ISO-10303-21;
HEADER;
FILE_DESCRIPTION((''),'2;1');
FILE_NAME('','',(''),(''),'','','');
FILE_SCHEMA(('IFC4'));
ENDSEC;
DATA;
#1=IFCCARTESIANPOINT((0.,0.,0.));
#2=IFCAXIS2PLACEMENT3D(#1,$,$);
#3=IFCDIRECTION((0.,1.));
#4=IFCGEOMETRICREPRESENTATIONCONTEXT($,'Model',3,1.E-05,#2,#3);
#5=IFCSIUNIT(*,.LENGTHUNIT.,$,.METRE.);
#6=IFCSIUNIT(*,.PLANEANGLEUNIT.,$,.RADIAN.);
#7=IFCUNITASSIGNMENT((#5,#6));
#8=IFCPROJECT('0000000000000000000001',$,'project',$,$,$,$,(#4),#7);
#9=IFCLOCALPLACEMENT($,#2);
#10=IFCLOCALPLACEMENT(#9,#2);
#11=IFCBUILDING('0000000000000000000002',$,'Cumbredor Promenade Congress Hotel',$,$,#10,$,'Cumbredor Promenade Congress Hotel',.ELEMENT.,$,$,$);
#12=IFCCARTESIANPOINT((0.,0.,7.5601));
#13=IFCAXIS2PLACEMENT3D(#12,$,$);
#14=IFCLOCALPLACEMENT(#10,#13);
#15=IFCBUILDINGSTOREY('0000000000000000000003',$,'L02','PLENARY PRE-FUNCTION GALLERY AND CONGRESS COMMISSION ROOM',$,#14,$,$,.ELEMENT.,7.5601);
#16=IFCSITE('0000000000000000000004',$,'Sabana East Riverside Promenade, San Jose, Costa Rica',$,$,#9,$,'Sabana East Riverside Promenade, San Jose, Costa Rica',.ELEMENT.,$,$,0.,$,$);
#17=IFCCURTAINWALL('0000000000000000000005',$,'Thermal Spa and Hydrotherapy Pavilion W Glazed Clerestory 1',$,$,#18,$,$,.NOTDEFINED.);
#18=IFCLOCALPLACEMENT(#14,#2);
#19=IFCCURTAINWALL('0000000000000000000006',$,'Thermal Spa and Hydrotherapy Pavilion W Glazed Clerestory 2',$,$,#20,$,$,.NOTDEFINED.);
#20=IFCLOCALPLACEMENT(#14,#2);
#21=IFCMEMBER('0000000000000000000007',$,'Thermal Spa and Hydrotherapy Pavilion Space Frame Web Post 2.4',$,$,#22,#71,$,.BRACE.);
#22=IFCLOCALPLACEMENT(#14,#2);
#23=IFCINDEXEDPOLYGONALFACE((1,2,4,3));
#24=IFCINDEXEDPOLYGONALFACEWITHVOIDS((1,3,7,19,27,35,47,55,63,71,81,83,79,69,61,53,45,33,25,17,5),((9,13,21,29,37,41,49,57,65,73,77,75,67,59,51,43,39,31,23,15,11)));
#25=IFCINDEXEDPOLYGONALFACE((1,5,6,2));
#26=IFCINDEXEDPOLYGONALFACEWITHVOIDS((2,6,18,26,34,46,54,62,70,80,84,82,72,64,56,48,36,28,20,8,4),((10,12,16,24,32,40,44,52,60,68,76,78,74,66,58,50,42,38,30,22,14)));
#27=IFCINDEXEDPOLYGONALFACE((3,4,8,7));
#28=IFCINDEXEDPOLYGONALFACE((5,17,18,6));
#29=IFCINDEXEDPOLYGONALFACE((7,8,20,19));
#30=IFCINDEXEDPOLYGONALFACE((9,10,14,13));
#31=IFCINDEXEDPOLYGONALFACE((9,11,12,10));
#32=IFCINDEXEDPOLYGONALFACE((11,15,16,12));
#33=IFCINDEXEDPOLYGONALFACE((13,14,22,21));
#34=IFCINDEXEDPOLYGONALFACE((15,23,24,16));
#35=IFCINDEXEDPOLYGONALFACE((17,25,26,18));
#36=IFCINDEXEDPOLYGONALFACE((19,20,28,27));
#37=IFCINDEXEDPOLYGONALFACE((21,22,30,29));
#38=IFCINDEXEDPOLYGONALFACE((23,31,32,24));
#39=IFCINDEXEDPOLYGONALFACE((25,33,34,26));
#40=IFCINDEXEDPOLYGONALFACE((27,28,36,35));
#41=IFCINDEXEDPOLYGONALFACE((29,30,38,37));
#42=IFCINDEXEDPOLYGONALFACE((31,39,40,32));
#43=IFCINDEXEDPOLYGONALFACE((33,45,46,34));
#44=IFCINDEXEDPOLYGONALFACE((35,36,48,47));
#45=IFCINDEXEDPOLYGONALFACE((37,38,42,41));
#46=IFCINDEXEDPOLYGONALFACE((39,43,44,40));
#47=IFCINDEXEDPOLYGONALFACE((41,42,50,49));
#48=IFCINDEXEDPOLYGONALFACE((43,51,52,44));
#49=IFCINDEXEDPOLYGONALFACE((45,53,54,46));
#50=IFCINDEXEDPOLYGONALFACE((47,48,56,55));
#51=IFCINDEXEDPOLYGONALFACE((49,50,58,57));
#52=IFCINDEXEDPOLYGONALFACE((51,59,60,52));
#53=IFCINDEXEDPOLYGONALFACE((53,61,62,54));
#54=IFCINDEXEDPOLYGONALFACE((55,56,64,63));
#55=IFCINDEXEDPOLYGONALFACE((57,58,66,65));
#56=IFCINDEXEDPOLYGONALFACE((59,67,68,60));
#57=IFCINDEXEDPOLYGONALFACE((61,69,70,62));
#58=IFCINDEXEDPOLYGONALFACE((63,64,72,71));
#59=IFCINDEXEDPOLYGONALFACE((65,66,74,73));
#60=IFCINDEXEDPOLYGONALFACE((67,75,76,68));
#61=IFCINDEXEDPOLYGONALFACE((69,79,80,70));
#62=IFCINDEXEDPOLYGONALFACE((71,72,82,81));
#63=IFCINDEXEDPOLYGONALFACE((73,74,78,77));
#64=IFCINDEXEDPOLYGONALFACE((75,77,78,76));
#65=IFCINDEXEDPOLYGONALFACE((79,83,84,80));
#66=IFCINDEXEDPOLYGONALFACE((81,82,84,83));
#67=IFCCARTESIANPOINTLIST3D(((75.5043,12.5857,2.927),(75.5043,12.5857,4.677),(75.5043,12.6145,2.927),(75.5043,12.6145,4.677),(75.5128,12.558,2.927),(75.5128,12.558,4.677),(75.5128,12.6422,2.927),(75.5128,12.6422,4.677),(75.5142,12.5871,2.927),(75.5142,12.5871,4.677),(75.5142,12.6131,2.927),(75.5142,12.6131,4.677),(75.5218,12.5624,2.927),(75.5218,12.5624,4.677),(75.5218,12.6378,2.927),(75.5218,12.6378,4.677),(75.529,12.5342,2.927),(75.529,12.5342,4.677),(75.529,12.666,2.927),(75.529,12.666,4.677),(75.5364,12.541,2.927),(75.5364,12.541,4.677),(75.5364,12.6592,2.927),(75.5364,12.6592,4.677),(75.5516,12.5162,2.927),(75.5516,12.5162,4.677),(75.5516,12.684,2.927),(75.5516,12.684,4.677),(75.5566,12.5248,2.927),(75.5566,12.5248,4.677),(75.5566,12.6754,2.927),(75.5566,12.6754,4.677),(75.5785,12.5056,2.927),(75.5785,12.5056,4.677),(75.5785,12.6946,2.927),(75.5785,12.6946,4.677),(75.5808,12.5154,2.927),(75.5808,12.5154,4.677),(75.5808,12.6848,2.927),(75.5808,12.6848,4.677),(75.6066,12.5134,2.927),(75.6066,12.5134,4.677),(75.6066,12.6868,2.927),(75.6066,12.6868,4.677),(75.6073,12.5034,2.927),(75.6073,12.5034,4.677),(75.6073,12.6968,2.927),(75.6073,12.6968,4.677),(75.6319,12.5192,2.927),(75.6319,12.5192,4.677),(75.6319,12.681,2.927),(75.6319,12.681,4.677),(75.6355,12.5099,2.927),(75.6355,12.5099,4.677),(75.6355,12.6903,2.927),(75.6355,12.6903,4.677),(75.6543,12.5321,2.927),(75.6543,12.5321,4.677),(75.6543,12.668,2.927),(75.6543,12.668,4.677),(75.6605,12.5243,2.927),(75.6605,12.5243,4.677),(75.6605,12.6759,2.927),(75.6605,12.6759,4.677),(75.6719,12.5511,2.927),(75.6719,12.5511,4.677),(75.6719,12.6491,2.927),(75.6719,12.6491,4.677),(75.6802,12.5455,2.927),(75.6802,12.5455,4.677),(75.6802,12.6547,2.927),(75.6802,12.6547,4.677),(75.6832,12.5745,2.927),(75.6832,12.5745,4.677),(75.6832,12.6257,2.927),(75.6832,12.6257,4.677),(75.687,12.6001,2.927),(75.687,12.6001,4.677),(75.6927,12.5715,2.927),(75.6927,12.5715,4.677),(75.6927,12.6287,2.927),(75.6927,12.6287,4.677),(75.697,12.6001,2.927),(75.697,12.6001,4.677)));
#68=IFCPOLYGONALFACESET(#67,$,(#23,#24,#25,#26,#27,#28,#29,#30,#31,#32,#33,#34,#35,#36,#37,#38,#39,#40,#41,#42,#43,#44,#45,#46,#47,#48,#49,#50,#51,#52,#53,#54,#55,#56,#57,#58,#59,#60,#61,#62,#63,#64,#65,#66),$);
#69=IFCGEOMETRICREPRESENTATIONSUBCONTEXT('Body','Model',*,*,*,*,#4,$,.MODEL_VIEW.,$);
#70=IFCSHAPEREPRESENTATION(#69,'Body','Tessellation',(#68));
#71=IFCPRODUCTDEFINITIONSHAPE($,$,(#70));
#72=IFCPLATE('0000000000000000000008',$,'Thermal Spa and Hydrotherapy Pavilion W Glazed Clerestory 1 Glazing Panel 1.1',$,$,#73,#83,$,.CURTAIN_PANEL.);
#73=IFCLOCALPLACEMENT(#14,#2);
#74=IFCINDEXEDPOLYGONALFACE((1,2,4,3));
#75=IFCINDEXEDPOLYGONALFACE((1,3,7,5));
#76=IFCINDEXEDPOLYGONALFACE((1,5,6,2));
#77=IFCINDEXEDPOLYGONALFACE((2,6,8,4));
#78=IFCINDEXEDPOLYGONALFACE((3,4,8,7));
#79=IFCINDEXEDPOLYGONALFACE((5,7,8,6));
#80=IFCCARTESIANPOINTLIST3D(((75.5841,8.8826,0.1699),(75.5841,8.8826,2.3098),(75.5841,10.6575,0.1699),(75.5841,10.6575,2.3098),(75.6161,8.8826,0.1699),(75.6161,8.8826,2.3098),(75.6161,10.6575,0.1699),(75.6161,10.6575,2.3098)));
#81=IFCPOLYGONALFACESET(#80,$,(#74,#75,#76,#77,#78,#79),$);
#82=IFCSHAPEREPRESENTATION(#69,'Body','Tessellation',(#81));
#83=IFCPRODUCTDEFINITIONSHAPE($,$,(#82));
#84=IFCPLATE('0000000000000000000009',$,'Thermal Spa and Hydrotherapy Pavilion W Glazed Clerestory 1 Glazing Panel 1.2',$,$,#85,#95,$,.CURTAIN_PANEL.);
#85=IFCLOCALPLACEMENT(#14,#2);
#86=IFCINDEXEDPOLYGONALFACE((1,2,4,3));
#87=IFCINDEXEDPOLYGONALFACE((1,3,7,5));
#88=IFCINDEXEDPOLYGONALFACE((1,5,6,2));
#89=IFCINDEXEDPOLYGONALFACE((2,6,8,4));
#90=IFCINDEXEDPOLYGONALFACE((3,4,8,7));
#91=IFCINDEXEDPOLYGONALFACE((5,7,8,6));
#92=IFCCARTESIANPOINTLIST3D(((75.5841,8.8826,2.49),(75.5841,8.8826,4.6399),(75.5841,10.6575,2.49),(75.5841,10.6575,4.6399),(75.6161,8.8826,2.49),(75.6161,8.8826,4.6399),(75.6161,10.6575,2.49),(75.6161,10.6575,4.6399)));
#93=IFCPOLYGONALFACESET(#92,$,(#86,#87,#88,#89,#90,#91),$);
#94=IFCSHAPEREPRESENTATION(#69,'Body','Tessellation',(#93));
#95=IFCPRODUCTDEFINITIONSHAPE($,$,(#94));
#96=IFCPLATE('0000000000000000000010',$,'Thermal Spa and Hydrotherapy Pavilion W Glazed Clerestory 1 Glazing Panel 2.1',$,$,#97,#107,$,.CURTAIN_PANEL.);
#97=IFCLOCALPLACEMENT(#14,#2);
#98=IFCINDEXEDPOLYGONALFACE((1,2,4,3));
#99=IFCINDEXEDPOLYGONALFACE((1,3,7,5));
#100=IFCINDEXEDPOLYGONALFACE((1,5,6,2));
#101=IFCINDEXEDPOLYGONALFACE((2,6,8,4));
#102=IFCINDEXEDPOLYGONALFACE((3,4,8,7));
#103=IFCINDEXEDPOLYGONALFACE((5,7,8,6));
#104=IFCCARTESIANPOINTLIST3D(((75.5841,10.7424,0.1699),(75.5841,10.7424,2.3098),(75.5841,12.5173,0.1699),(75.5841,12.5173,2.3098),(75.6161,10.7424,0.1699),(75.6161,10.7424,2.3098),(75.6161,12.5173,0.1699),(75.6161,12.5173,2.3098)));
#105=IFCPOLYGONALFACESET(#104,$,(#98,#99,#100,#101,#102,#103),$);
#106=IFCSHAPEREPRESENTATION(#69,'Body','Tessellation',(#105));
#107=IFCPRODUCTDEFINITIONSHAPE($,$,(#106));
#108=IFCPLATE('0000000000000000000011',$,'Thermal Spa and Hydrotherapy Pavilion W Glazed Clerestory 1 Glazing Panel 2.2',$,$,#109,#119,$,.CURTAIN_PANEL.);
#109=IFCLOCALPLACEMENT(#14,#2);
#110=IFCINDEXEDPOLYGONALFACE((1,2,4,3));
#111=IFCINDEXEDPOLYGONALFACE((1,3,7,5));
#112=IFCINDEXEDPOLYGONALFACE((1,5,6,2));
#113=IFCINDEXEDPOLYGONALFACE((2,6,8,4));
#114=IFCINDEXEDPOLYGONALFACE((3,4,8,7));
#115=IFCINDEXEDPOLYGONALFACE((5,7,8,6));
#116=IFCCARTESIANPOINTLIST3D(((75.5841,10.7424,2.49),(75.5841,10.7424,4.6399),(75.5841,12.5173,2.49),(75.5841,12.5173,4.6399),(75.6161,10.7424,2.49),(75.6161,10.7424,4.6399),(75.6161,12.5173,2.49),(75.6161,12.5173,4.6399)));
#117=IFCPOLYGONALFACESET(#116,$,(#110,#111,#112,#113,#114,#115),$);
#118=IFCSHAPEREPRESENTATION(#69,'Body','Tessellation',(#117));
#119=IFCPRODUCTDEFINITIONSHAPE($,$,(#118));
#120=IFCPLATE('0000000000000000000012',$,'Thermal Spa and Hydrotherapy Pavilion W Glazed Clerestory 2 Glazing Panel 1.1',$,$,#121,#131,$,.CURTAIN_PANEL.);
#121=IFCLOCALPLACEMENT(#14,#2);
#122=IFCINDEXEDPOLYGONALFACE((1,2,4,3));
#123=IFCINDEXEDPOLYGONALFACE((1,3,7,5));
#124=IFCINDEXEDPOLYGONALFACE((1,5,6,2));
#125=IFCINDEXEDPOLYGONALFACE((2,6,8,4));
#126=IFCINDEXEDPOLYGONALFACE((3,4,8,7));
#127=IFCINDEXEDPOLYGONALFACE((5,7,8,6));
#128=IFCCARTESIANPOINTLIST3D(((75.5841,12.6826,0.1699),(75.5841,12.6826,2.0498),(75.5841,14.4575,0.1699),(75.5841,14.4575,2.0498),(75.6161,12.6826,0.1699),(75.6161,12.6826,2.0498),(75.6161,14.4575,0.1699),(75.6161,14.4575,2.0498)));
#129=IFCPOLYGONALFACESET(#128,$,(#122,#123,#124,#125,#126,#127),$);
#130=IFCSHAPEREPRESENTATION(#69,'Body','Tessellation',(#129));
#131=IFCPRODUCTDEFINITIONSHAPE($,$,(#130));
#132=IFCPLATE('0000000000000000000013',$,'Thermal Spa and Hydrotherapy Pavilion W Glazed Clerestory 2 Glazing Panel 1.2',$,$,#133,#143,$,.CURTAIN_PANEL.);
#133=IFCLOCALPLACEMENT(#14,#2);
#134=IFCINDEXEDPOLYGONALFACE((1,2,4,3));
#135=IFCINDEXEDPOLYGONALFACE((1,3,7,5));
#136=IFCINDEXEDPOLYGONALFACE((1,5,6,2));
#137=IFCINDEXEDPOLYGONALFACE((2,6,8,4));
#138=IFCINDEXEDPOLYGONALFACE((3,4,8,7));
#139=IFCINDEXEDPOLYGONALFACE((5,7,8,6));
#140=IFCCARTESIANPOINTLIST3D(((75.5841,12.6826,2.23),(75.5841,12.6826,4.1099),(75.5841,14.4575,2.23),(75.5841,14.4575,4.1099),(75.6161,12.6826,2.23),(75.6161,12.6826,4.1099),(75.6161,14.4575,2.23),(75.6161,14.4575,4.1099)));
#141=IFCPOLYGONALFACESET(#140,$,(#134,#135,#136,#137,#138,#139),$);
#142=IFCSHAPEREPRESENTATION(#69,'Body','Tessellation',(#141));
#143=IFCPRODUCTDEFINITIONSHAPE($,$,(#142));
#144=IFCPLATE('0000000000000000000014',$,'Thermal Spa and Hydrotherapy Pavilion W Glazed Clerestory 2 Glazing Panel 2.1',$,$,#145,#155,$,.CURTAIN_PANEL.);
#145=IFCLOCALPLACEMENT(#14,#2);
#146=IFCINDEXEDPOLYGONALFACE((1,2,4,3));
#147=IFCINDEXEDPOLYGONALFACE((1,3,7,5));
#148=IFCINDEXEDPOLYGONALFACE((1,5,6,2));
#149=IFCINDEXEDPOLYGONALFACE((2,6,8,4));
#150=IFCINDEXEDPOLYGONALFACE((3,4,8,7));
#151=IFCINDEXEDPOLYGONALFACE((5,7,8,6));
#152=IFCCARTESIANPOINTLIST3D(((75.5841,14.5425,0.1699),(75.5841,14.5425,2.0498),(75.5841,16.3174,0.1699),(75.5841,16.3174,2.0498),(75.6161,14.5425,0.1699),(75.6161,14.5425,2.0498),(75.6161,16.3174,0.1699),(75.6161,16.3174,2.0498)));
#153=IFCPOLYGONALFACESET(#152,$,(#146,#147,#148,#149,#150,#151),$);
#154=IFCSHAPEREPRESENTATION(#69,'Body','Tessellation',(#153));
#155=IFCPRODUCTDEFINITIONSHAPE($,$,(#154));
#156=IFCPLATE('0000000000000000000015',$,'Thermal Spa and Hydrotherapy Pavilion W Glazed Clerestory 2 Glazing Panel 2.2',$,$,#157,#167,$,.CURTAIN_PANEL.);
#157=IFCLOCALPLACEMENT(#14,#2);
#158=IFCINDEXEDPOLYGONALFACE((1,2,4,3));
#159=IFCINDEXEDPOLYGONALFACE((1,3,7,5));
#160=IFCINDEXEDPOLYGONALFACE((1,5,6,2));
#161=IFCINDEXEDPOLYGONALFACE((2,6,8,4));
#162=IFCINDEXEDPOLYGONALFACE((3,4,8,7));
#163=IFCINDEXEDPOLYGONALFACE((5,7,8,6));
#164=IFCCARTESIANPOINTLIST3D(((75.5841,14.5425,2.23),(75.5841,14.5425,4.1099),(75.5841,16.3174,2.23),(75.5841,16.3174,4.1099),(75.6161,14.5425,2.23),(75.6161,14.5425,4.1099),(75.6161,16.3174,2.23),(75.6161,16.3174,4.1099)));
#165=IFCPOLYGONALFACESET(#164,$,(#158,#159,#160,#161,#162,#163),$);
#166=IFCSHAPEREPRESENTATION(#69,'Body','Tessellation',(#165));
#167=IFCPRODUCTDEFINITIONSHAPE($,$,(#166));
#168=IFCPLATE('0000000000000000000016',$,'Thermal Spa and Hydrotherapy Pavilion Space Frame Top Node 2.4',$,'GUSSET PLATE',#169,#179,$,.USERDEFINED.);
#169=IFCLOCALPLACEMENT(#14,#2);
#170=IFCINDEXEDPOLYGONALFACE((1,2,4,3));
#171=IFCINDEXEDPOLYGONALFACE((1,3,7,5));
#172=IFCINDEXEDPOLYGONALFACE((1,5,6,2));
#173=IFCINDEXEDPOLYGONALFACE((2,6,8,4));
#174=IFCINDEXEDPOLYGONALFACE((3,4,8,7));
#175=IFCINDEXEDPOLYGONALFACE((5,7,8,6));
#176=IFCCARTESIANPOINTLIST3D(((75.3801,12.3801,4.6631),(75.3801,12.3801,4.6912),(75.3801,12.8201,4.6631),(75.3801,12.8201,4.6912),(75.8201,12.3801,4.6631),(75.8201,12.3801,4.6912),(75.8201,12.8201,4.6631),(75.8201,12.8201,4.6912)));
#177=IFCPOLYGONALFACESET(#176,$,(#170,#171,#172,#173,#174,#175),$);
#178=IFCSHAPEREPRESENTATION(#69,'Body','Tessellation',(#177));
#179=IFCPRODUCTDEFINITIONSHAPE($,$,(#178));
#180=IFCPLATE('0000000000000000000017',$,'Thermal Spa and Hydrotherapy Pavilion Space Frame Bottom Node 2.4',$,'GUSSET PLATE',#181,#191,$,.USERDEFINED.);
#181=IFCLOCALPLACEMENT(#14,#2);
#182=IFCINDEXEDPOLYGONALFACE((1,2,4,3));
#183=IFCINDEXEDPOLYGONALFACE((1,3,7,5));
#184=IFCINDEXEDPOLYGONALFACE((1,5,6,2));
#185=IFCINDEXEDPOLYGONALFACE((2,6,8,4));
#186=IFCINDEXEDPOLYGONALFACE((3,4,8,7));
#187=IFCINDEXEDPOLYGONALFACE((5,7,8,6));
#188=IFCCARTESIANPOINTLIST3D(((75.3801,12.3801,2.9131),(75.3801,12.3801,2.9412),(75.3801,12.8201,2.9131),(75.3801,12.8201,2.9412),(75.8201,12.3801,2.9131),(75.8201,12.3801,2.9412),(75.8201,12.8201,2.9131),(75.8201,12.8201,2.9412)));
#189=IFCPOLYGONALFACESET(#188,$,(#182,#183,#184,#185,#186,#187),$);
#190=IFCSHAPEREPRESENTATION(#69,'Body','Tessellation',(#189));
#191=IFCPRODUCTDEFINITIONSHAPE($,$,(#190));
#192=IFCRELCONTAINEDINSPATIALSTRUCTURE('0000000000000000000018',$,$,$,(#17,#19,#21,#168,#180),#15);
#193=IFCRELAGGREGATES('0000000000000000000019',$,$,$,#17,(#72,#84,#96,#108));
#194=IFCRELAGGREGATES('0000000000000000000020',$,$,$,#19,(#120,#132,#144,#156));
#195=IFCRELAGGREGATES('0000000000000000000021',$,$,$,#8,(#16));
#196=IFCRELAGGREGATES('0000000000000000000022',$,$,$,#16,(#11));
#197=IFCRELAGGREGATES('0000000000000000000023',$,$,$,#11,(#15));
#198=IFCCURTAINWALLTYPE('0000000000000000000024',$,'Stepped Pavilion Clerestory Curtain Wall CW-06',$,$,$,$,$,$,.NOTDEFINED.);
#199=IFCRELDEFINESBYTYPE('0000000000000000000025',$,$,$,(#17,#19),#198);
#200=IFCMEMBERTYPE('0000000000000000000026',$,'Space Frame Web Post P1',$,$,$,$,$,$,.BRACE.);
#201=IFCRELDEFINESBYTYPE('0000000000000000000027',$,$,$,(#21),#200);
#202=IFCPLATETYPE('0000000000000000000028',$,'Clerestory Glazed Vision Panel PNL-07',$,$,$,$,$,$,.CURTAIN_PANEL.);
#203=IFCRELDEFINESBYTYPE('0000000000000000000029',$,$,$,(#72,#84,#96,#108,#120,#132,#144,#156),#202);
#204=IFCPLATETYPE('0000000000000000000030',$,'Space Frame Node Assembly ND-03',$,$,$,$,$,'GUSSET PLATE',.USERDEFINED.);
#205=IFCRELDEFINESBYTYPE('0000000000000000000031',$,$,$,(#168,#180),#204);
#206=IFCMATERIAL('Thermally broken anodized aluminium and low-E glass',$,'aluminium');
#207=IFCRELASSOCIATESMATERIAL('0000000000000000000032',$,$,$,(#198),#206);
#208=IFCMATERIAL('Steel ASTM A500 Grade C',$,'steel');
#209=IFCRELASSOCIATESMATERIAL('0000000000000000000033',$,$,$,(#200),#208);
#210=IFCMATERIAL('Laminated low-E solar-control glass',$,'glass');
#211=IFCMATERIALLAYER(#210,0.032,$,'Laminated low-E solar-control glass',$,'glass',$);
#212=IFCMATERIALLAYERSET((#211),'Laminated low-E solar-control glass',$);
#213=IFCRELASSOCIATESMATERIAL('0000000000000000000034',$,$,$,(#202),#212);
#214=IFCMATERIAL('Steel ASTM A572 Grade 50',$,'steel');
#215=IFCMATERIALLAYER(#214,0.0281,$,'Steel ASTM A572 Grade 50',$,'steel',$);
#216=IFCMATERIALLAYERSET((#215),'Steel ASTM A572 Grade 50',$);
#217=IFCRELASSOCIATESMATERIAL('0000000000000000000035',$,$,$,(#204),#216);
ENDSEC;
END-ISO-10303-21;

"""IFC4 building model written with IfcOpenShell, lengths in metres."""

from ifc_helpers import new_model, si_unit, direction, frame, origin, origin_2d, place, context, subcontext, project, spatial, rectangle, hollow_circle, extrude, material, layer, layer_set, material_profile, profile_set, type_object, element, aggregate, save


model = new_model("IFC4")

# Units and contexts
model_context = context("Model", 3, precision=1e-05, world=origin(), true_north=direction((0.0, 1.0)))
body_context = subcontext(model_context, "Body", "Model", "MODEL_VIEW")
ifc_project = project(units=[si_unit("LENGTHUNIT", "METRE"), si_unit("PLANEANGLEUNIT", "RADIAN")], contexts=[model_context])

# Site, building, storey
site_placement = place(None, origin())
site = spatial("IfcSite", under=ifc_project, at=site_placement, Name="Sabana East Riverside Promenade, San Jose, Costa Rica", LongName="Sabana East Riverside Promenade, San Jose, Costa Rica", CompositionType="ELEMENT", RefElevation=0.0)
building_placement = place(site_placement, origin())
building = spatial("IfcBuilding", under=site, at=building_placement, Name="Cumbredor Promenade Congress Hotel", LongName="Cumbredor Promenade Congress Hotel", CompositionType="ELEMENT")
storey_placement = place(building_placement, frame((0.0, 0.0, 7.5601)))
storey = spatial("IfcBuildingStorey", under=building, at=storey_placement, Name="L02", Description="PLENARY PRE-FUNCTION GALLERY AND CONGRESS COMMISSION ROOM", CompositionType="ELEMENT", Elevation=7.5601)

# Curtain walls
ifc_material_1 = material(Name="Thermally broken anodized aluminium and low-E glass", Category="aluminium")
curtain_wall_type = type_object("IfcCurtainWallType", Name="Stepped Pavilion Clerestory Curtain Wall CW-06", PredefinedType="NOTDEFINED", material=ifc_material_1)
curtain_wall_1_placement = place(storey_placement, origin())
curtain_wall_1 = element("IfcCurtainWall", 1, at=curtain_wall_1_placement, inside=storey, type_object=curtain_wall_type, Name="Thermal Spa and Hydrotherapy Pavilion W Glazed Clerestory 1", PredefinedType="NOTDEFINED")
curtain_wall_2_placement = place(storey_placement, origin())
curtain_wall_2 = element("IfcCurtainWall", 2, at=curtain_wall_2_placement, inside=storey, type_object=curtain_wall_type, Name="Thermal Spa and Hydrotherapy Pavilion W Glazed Clerestory 2", PredefinedType="NOTDEFINED")

# Member
ifc_material_2 = material(Name="Steel ASTM A500 Grade C", Category="steel")
ifc_material_profile_1 = material_profile(ifc_material_2, hollow_circle(Radius=0.0969, WallThickness=0.01, at=origin_2d()), Name="CHS 193.7x10")
ifc_profile_set_1 = profile_set([ifc_material_profile_1], Name="Steel ASTM A500 Grade C")
member_type_1 = type_object("IfcMemberType", Name="Space Frame Web Post P1", PredefinedType="BRACE", material=ifc_profile_set_1)
member_1_placement = place(storey_placement, frame((75.6001, 12.6001, 2.927), z_axis=(0.0, 0.0, 1.0), x_axis=(1.0, 0.0, 0.0)))
element("IfcMember", 3, at=member_1_placement, inside=storey, type_object=member_type_1, Name="Thermal Spa and Hydrotherapy Pavilion Space Frame Web Post 2.4", PredefinedType="BRACE", context=body_context, shape_type="SweptSolid", body=[
    extrude(hollow_circle(Radius=0.0969, WallThickness=0.01, at=origin_2d()), origin(), (0.0, 0.0, 1.0), 1.75),
])

# Plates
ifc_material_3 = material(Name="Laminated low-E solar-control glass", Category="glass")
ifc_layer_1 = layer(ifc_material_3, 0.032, Name="Laminated low-E solar-control glass", Category="glass")
ifc_layer_set_1 = layer_set([ifc_layer_1], Name="Laminated low-E solar-control glass")
plate_type_1 = type_object("IfcPlateType", Name="Clerestory Glazed Vision Panel PNL-07", PredefinedType="CURTAIN_PANEL", material=ifc_layer_set_1)
plate_1_placement = place(storey_placement, frame((75.6001, 9.77, 0.1699), z_axis=(0.0, 0.0, 1.0), x_axis=(0.0, 1.0, 0.0)))
plate_1 = element("IfcPlate", 4, at=plate_1_placement, type_object=plate_type_1, Name="Thermal Spa and Hydrotherapy Pavilion W Glazed Clerestory 1 Glazing Panel 1.1", PredefinedType="CURTAIN_PANEL", context=body_context, shape_type="SweptSolid", body=[
    extrude(rectangle(XDim=1.7749, YDim=0.032, at=origin_2d()), origin(), (0.0, 0.0, 1.0), 2.1399),
])
plate_2_placement = place(storey_placement, frame((75.6001, 9.77, 2.49), z_axis=(0.0, 0.0, 1.0), x_axis=(0.0, 1.0, 0.0)))
plate_2 = element("IfcPlate", 5, at=plate_2_placement, type_object=plate_type_1, Name="Thermal Spa and Hydrotherapy Pavilion W Glazed Clerestory 1 Glazing Panel 1.2", PredefinedType="CURTAIN_PANEL", context=body_context, shape_type="SweptSolid", body=[
    extrude(rectangle(XDim=1.7749, YDim=0.032, at=origin_2d()), origin(), (0.0, 0.0, 1.0), 2.1499),
])
plate_3_placement = place(storey_placement, frame((75.6001, 11.6299, 0.1699), z_axis=(0.0, 0.0, 1.0), x_axis=(0.0, 1.0, 0.0)))
plate_3 = element("IfcPlate", 6, at=plate_3_placement, type_object=plate_type_1, Name="Thermal Spa and Hydrotherapy Pavilion W Glazed Clerestory 1 Glazing Panel 2.1", PredefinedType="CURTAIN_PANEL", context=body_context, shape_type="SweptSolid", body=[
    extrude(rectangle(XDim=1.7749, YDim=0.032, at=origin_2d()), origin(), (0.0, 0.0, 1.0), 2.1399),
])
plate_4_placement = place(storey_placement, frame((75.6001, 11.6299, 2.49), z_axis=(0.0, 0.0, 1.0), x_axis=(0.0, 1.0, 0.0)))
plate_4 = element("IfcPlate", 7, at=plate_4_placement, type_object=plate_type_1, Name="Thermal Spa and Hydrotherapy Pavilion W Glazed Clerestory 1 Glazing Panel 2.2", PredefinedType="CURTAIN_PANEL", context=body_context, shape_type="SweptSolid", body=[
    extrude(rectangle(XDim=1.7749, YDim=0.032, at=origin_2d()), origin(), (0.0, 0.0, 1.0), 2.1499),
])
aggregate(curtain_wall_1, [plate_1, plate_2, plate_3, plate_4])
plate_5_placement = place(storey_placement, frame((75.6001, 13.5701, 0.1699), z_axis=(0.0, 0.0, 1.0), x_axis=(0.0, 1.0, 0.0)))
plate_5 = element("IfcPlate", 8, at=plate_5_placement, type_object=plate_type_1, Name="Thermal Spa and Hydrotherapy Pavilion W Glazed Clerestory 2 Glazing Panel 1.1", PredefinedType="CURTAIN_PANEL", context=body_context, shape_type="SweptSolid", body=[
    extrude(rectangle(XDim=1.7749, YDim=0.032, at=origin_2d()), origin(), (0.0, 0.0, 1.0), 1.8799),
])
plate_6_placement = place(storey_placement, frame((75.6001, 13.5701, 2.23), z_axis=(0.0, 0.0, 1.0), x_axis=(0.0, 1.0, 0.0)))
plate_6 = element("IfcPlate", 9, at=plate_6_placement, type_object=plate_type_1, Name="Thermal Spa and Hydrotherapy Pavilion W Glazed Clerestory 2 Glazing Panel 1.2", PredefinedType="CURTAIN_PANEL", context=body_context, shape_type="SweptSolid", body=[
    extrude(rectangle(XDim=1.7749, YDim=0.032, at=origin_2d()), origin(), (0.0, 0.0, 1.0), 1.8799),
])
plate_7_placement = place(storey_placement, frame((75.6001, 15.4299, 0.1699), z_axis=(0.0, 0.0, 1.0), x_axis=(0.0, 1.0, 0.0)))
plate_7 = element("IfcPlate", 10, at=plate_7_placement, type_object=plate_type_1, Name="Thermal Spa and Hydrotherapy Pavilion W Glazed Clerestory 2 Glazing Panel 2.1", PredefinedType="CURTAIN_PANEL", context=body_context, shape_type="SweptSolid", body=[
    extrude(rectangle(XDim=1.7749, YDim=0.032, at=origin_2d()), origin(), (0.0, 0.0, 1.0), 1.8799),
])
plate_8_placement = place(storey_placement, frame((75.6001, 15.4299, 2.23), z_axis=(0.0, 0.0, 1.0), x_axis=(0.0, 1.0, 0.0)))
plate_8 = element("IfcPlate", 11, at=plate_8_placement, type_object=plate_type_1, Name="Thermal Spa and Hydrotherapy Pavilion W Glazed Clerestory 2 Glazing Panel 2.2", PredefinedType="CURTAIN_PANEL", context=body_context, shape_type="SweptSolid", body=[
    extrude(rectangle(XDim=1.7749, YDim=0.032, at=origin_2d()), origin(), (0.0, 0.0, 1.0), 1.8799),
])
aggregate(curtain_wall_2, [plate_5, plate_6, plate_7, plate_8])

# Plates
ifc_material_4 = material(Name="Steel ASTM A572 Grade 50", Category="steel")
ifc_layer_2 = layer(ifc_material_4, 0.0281, Name="Steel ASTM A572 Grade 50", Category="steel")
ifc_layer_set_2 = layer_set([ifc_layer_2], Name="Steel ASTM A572 Grade 50")
plate_type_2 = type_object("IfcPlateType", Name="Space Frame Node Assembly ND-03", ElementType="GUSSET PLATE", PredefinedType="USERDEFINED", material=ifc_layer_set_2)
for number, where, z_axis, x_axis, name in (
    (12, (75.6001, 12.6001, 4.6631), (0.0, 0.0, 1.0), (1.0, 0.0, 0.0), "Thermal Spa and Hydrotherapy Pavilion Space Frame Top Node 2.4"),
    (13, (75.6001, 12.6001, 2.9131), (0.0, 0.0, 1.0), (1.0, 0.0, 0.0), "Thermal Spa and Hydrotherapy Pavilion Space Frame Bottom Node 2.4"),
):
    element("IfcPlate", number, at=place(storey_placement, frame(where, z_axis=z_axis, x_axis=x_axis)), inside=storey, type_object=plate_type_2, Name=name, ObjectType="GUSSET PLATE", PredefinedType="USERDEFINED", context=body_context, shape_type="SweptSolid", body=[
        extrude(rectangle(XDim=0.4399, YDim=0.4399, at=origin_2d()), origin(), (0.0, 0.0, 1.0), 0.0281),
    ])

save(model, "model.ifc")
